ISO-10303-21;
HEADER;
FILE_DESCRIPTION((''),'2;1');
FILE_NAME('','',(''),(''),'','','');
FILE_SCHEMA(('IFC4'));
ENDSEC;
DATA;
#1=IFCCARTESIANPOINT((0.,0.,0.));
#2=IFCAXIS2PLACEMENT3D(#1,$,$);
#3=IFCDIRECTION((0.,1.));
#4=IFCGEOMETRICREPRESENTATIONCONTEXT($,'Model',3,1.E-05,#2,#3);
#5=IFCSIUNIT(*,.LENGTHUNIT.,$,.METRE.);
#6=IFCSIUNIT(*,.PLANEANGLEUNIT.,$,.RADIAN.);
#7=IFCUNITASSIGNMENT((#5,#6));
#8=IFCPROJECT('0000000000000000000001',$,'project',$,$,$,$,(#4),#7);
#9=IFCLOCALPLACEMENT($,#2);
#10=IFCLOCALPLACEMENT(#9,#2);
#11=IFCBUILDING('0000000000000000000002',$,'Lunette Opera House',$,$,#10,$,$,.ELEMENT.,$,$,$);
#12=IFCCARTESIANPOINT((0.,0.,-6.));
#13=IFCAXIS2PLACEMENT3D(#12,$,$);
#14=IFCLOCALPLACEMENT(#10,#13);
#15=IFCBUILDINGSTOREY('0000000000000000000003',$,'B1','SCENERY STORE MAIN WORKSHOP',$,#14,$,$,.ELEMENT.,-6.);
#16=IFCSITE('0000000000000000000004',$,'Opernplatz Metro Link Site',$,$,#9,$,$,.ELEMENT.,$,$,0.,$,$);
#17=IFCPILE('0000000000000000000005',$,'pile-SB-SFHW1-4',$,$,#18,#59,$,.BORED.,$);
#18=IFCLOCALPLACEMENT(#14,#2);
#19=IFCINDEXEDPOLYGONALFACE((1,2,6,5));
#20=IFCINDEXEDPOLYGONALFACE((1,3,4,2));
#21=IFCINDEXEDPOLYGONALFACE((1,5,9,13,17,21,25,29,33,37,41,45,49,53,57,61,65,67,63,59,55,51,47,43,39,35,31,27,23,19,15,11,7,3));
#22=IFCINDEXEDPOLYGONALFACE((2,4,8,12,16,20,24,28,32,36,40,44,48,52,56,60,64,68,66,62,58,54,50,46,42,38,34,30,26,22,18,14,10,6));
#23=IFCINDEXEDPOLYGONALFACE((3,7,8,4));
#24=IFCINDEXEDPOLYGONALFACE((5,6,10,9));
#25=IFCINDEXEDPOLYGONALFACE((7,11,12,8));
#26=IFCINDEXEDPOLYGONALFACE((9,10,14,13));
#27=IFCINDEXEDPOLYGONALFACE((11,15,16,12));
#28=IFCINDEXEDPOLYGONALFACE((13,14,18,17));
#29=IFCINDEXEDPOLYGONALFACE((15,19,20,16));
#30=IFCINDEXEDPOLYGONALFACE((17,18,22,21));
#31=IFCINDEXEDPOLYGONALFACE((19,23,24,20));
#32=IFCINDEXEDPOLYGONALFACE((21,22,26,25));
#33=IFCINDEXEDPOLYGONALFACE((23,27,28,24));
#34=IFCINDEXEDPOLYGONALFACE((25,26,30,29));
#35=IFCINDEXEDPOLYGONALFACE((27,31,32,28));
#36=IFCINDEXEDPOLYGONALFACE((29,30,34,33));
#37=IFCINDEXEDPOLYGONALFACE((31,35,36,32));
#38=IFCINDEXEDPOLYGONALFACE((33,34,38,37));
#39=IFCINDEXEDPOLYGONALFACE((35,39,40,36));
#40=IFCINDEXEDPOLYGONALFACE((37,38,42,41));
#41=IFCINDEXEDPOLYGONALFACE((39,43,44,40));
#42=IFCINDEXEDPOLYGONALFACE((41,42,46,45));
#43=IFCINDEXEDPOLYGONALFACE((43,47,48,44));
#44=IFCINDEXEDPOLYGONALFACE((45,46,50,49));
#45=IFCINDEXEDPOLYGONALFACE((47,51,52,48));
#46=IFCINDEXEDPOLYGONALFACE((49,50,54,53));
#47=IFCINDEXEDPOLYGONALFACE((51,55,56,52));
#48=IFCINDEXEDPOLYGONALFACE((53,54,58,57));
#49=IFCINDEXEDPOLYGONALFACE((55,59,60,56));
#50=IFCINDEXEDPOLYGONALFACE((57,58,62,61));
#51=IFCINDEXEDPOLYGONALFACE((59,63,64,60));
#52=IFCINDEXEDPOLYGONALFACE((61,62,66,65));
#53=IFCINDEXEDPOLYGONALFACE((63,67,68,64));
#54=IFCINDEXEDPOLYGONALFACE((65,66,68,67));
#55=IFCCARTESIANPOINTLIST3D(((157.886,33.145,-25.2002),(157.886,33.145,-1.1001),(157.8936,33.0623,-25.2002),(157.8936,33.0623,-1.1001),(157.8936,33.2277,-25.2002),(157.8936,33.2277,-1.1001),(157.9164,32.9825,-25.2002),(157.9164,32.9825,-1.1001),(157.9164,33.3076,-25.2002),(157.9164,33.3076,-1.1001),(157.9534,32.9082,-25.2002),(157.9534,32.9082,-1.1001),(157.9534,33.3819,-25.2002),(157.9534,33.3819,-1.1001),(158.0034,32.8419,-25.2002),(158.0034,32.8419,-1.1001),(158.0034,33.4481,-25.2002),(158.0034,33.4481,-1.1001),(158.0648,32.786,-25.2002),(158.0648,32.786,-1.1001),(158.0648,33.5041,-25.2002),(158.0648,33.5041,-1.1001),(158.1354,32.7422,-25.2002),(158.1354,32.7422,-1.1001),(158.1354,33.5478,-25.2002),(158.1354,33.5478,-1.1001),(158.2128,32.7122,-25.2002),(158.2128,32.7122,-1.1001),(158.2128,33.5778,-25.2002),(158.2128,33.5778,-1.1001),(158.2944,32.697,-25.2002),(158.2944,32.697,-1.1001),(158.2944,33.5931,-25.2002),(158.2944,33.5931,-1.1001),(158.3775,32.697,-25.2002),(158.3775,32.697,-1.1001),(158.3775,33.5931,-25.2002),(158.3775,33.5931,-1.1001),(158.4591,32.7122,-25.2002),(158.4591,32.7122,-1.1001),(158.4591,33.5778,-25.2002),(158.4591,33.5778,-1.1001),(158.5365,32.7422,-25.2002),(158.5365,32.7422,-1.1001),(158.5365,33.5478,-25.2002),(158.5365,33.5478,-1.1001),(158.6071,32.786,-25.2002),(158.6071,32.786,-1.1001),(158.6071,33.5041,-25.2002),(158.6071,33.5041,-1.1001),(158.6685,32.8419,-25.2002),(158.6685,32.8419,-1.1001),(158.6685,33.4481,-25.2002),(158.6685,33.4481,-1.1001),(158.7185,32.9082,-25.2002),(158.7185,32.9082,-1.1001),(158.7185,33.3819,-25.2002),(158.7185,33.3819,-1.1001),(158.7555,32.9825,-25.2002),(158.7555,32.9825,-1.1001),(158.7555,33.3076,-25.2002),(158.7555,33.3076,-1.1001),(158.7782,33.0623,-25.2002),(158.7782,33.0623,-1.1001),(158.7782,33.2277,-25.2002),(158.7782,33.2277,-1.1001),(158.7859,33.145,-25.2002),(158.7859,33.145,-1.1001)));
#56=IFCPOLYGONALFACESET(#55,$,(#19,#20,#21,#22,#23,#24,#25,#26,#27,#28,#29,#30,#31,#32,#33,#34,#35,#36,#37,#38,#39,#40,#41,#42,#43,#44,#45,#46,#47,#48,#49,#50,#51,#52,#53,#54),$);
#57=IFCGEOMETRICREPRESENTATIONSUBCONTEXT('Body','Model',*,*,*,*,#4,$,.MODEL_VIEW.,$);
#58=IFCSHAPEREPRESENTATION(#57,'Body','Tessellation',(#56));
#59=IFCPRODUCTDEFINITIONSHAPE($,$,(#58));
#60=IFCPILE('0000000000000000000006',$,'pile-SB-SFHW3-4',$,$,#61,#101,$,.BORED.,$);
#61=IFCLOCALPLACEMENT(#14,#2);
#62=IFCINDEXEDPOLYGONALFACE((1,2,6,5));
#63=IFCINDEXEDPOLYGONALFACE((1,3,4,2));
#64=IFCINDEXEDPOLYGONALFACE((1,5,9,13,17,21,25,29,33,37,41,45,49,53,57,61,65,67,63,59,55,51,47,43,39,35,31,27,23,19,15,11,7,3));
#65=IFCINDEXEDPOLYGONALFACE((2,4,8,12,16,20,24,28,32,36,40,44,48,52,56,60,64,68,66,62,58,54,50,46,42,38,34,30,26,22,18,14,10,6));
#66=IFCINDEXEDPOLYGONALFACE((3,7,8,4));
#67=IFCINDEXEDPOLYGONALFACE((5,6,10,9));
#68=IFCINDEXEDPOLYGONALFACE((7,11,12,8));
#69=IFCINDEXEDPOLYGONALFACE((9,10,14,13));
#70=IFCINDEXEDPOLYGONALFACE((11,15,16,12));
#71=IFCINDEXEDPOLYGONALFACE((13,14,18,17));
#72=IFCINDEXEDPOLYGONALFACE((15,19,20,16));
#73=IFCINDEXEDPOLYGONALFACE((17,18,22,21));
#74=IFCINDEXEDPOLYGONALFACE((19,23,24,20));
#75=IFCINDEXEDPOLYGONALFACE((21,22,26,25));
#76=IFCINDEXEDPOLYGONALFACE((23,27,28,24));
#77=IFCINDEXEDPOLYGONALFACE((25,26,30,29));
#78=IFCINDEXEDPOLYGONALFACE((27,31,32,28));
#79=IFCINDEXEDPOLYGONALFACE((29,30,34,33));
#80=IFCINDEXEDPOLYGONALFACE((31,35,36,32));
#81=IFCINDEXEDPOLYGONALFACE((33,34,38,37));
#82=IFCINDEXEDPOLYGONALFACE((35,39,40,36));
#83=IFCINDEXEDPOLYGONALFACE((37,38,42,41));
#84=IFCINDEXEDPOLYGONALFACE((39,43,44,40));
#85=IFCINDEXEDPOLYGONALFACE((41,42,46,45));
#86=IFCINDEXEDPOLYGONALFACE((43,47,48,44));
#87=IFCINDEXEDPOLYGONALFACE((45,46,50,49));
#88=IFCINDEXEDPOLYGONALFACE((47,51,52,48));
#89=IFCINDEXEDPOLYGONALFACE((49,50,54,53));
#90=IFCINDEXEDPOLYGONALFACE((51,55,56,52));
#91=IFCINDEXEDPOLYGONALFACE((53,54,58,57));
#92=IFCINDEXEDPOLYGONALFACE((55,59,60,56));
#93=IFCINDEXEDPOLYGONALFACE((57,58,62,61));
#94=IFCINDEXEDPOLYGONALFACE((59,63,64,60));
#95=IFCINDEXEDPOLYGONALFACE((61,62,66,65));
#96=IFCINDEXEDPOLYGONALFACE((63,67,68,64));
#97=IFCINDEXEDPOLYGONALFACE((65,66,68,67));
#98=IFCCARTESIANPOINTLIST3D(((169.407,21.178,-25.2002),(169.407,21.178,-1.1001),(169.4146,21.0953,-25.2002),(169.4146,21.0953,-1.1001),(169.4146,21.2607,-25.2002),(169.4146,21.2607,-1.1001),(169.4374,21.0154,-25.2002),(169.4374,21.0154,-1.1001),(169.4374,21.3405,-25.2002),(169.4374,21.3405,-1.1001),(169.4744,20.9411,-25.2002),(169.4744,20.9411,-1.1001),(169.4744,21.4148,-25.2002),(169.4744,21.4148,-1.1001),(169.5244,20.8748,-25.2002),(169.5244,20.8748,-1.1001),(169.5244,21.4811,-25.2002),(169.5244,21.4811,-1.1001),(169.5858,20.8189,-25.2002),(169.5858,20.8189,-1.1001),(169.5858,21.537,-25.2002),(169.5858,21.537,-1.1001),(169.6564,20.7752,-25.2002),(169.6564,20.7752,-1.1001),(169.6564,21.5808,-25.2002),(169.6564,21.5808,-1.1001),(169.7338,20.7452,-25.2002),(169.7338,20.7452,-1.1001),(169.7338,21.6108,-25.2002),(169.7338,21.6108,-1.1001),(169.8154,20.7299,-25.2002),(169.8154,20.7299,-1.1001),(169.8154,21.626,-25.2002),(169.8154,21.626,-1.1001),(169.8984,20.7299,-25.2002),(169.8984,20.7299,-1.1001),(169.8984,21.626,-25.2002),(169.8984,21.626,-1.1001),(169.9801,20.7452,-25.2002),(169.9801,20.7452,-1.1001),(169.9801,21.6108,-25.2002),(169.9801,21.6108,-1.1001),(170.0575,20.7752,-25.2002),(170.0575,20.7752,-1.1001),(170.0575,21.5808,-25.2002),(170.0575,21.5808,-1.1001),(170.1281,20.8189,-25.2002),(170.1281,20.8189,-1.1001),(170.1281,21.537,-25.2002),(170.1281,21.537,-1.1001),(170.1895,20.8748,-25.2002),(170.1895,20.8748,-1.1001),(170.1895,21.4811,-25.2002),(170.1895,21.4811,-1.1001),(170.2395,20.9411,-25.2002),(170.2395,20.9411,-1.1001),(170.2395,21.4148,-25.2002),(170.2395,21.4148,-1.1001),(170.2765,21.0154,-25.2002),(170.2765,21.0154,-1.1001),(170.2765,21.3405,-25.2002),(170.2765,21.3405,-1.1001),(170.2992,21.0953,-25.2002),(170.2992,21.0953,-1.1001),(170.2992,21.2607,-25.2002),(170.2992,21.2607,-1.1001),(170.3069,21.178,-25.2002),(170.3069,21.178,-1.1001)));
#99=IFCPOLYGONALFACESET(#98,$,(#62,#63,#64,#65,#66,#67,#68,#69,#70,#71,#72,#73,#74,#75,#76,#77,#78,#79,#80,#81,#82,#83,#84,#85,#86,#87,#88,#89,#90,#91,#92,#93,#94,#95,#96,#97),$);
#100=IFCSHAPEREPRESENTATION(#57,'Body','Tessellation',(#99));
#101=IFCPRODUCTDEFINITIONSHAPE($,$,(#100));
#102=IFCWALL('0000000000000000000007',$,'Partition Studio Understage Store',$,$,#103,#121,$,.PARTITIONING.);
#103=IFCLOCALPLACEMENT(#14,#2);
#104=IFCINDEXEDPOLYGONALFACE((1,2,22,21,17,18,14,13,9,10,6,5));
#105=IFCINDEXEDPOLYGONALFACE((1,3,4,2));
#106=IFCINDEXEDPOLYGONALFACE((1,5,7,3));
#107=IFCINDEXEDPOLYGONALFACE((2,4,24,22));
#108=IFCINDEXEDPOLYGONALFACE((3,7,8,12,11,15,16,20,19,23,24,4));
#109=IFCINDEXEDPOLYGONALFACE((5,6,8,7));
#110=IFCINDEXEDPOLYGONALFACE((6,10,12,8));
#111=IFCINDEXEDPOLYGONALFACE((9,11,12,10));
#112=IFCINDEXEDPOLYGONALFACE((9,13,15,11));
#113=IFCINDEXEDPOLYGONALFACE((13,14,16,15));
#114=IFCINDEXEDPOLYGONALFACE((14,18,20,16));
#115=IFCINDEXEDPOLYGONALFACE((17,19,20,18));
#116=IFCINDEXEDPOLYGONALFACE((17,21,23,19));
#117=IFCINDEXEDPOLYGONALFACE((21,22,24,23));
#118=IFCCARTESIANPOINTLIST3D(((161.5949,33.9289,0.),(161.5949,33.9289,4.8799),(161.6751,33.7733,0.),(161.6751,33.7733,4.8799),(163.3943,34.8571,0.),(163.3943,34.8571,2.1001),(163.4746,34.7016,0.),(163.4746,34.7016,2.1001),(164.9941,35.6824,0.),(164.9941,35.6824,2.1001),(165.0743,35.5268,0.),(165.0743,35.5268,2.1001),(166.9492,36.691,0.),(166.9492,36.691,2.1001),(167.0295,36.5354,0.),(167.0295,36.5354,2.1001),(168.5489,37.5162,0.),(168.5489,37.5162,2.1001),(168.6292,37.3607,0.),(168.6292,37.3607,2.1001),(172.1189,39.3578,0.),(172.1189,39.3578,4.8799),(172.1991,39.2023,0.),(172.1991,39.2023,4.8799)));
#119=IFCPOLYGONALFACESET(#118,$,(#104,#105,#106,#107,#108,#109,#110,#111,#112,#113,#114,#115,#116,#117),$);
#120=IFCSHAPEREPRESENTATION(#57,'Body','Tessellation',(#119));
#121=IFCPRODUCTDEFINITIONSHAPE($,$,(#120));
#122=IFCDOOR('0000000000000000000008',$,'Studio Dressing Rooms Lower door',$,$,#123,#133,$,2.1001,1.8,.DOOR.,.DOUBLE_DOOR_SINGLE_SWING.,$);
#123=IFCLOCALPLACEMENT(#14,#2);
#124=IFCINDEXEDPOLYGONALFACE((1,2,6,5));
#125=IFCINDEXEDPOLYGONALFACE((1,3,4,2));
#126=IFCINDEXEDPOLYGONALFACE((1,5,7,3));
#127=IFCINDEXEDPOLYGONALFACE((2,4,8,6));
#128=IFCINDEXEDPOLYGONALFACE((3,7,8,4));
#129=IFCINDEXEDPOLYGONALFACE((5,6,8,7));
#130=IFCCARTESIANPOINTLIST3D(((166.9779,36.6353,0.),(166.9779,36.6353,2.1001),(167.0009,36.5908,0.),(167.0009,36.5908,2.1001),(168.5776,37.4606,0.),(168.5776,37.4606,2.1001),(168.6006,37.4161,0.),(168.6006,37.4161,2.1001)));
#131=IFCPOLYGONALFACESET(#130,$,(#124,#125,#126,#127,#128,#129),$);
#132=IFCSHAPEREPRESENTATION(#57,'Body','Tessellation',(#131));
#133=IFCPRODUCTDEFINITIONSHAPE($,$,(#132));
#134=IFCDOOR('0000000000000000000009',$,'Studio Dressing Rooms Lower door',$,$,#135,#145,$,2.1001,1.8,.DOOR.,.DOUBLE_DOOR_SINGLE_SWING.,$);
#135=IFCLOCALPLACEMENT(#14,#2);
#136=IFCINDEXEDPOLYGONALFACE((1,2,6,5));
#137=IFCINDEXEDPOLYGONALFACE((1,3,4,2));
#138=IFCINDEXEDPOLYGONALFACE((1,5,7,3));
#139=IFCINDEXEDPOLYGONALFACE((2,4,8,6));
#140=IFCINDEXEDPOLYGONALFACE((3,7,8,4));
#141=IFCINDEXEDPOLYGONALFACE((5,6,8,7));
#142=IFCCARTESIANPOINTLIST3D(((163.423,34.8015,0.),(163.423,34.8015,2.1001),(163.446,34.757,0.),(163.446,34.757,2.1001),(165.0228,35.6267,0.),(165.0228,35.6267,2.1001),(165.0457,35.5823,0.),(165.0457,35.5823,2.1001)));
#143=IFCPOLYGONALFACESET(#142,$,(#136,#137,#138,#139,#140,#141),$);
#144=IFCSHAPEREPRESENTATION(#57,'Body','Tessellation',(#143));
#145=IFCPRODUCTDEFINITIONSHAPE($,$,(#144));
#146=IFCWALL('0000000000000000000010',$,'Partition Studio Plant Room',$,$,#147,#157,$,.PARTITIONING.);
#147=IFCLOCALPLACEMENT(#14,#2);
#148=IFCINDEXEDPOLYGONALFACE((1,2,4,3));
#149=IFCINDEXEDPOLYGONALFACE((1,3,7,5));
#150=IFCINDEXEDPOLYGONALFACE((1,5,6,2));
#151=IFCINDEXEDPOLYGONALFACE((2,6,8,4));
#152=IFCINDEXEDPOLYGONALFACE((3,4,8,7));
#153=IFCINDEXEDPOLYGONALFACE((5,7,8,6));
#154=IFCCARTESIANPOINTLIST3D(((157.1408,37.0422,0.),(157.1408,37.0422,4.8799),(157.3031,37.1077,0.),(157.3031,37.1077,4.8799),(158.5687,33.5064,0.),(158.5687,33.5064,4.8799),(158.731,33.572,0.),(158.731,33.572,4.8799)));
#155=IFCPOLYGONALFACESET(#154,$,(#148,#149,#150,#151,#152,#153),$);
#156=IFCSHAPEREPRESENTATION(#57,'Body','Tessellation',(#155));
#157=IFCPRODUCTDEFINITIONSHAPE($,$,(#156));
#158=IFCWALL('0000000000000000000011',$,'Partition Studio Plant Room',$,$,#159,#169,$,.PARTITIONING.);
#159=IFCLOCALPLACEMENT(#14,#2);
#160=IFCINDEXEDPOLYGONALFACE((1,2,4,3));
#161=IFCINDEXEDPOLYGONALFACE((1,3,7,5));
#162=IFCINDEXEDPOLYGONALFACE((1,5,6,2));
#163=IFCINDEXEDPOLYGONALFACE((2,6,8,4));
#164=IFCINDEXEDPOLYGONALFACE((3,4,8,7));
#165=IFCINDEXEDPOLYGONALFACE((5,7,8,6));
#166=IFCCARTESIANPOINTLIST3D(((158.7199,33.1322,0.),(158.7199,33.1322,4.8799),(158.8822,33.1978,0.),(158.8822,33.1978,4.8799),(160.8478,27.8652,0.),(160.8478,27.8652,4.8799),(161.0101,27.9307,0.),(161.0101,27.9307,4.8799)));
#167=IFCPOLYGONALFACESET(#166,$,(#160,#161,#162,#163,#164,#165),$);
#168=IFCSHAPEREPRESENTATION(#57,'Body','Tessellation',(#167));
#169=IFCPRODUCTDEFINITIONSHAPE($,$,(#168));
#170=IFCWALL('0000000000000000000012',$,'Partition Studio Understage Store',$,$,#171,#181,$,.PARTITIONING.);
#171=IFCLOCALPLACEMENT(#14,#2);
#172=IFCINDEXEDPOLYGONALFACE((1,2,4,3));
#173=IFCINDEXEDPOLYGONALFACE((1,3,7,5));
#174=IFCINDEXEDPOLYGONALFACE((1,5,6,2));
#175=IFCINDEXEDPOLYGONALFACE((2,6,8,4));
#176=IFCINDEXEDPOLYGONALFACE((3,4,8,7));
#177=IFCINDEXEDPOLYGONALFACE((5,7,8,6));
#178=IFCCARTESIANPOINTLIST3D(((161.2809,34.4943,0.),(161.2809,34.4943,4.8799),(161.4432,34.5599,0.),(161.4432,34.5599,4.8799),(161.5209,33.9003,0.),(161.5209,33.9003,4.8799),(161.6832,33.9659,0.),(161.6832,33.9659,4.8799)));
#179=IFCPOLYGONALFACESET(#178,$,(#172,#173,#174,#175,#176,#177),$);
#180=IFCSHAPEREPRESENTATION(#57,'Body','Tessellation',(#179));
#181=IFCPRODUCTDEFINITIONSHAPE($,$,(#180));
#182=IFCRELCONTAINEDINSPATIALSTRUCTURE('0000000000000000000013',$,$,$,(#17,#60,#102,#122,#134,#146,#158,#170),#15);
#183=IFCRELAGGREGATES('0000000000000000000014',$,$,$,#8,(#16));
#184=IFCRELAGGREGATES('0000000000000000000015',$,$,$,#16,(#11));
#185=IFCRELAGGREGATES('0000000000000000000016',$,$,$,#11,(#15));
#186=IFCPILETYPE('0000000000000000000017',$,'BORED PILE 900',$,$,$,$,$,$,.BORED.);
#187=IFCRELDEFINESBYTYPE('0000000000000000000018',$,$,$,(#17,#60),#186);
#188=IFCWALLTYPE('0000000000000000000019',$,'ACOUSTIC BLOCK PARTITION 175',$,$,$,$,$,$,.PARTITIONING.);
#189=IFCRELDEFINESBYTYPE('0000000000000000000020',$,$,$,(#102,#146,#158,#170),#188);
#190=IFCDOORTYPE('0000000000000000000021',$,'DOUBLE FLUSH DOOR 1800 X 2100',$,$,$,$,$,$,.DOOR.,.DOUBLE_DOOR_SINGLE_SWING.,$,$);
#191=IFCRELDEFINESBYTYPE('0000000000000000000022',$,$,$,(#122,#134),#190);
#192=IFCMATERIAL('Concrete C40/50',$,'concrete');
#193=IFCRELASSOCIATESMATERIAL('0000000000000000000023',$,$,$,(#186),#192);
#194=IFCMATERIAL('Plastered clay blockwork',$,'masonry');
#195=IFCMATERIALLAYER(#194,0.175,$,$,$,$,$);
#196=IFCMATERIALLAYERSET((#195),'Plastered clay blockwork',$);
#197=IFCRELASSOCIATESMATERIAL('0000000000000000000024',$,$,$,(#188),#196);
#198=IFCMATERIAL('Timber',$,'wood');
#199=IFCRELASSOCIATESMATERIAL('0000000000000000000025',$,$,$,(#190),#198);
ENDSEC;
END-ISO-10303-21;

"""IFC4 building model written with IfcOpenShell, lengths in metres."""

from ifc_helpers import new_model, si_unit, direction, frame, frame_2d, origin, origin_2d, place, context, subcontext, project, spatial, rectangle, circle, extrude, material, layer, layer_set, material_profile, profile_set, type_object, element, fill, save


model = new_model("IFC4")

# Units and contexts
model_context = context("Model", 3, precision=1e-05, world=origin(), true_north=direction((0.0, 1.0)))
body_context = subcontext(model_context, "Body", "Model", "MODEL_VIEW")
ifc_project = project(units=[si_unit("LENGTHUNIT", "METRE"), si_unit("PLANEANGLEUNIT", "RADIAN")], contexts=[model_context])

# Site, building, storey
site_placement = place(None, origin())
site = spatial("IfcSite", under=ifc_project, at=site_placement, Name="Opernplatz Metro Link Site", CompositionType="ELEMENT", RefElevation=0.0)
building_placement = place(site_placement, origin())
building = spatial("IfcBuilding", under=site, at=building_placement, Name="Lunette Opera House", CompositionType="ELEMENT")
storey_placement = place(building_placement, frame((0.0, 0.0, -6.0)))
storey = spatial("IfcBuildingStorey", under=building, at=storey_placement, Name="B1", Description="SCENERY STORE MAIN WORKSHOP", CompositionType="ELEMENT", Elevation=-6.0)

# Piles
ifc_material_1 = material(Name="Concrete C40/50", Category="concrete")
ifc_material_profile = material_profile(ifc_material_1, circle(Radius=0.45, at=origin_2d()), Name="BORED PILE 900")
ifc_profile_set = profile_set([ifc_material_profile], Name="Concrete C40/50")
pile_type = type_object("IfcPileType", Name="BORED PILE 900", PredefinedType="BORED", material=ifc_profile_set)
for number, where, z_axis, x_axis, name in (
    (1, (158.3359, 33.145, -1.1001), (0.0, 0.0, -1.0), (1.0, 0.0, 0.0), "pile-SB-SFHW1-4"),
    (2, (169.8569, 21.178, -1.1001), (0.0, 0.0, -1.0), (1.0, 0.0, 0.0), "pile-SB-SFHW3-4"),
):
    element("IfcPile", number, at=place(storey_placement, frame(where, z_axis=z_axis, x_axis=x_axis)), inside=storey, type_object=pile_type, Name=name, PredefinedType="BORED", context=body_context, shape_type="SweptSolid", body=[
        extrude(circle(Radius=0.45, at=origin_2d()), origin(), (0.0, 0.0, 1.0), 24.1001),
    ])

# Wall, openings, doors
ifc_material_2 = material(Name="Plastered clay blockwork", Category="masonry")
ifc_layer_1 = layer(ifc_material_2, 0.175)
ifc_layer_set_1 = layer_set([ifc_layer_1], Name="Plastered clay blockwork")
wall_type_1 = type_object("IfcWallType", Name="ACOUSTIC BLOCK PARTITION 175", PredefinedType="PARTITIONING", material=ifc_layer_set_1)
wall_1_placement = place(storey_placement, frame((161.635, 33.8511, 0.0), z_axis=(0.0, 0.0, 1.0), x_axis=(0.888715, 0.45846, 0.0)))
wall_1 = element("IfcWall", 3, at=wall_1_placement, inside=storey, type_object=wall_type_1, Name="Partition Studio Understage Store", PredefinedType="PARTITIONING", context=body_context, shape_type="SweptSolid", body=[
    extrude(rectangle(XDim=11.8418, YDim=0.175, at=frame_2d((5.9209, 0.0))), origin(), (0.0, 0.0, 1.0), 4.8799),
])
opening_1_placement = place(wall_1_placement, frame((6.0249, 0.0, 0.0)))
opening_1 = element("IfcOpeningElement", 4, at=opening_1_placement, cuts=wall_1, PredefinedType="OPENING", context=body_context, shape_type="SweptSolid", body=[
    extrude(rectangle(XDim=1.8, YDim=2.1001, at=frame_2d((0.8999, 1.05))), frame((0.0, 0.0996, 0.0), z_axis=(0.0, -1.0, 0.0), x_axis=(1.0, 0.0, 0.0)), (0.0, 0.0, 1.0), 0.199),
])
opening_2_placement = place(wall_1_placement, frame((2.0249, 0.0, 0.0)))
opening_2 = element("IfcOpeningElement", 5, at=opening_2_placement, cuts=wall_1, PredefinedType="OPENING", context=body_context, shape_type="SweptSolid", body=[
    extrude(rectangle(XDim=1.8, YDim=2.1001, at=frame_2d((0.8999, 1.05))), frame((0.0, 0.0996, 0.0), z_axis=(0.0, -1.0, 0.0), x_axis=(1.0, 0.0, 0.0)), (0.0, 0.0, 1.0), 0.199),
])
ifc_material_3 = material(Name="Timber", Category="wood")
door_type_1 = type_object("IfcDoorType", Name="DOUBLE FLUSH DOOR 1800 X 2100", OperationType="DOUBLE_DOOR_SINGLE_SWING", PredefinedType="DOOR", material=ifc_material_3)
door_1_placement = place(opening_1_placement, origin())
door_1 = element("IfcDoor", 6, at=door_1_placement, inside=storey, type_object=door_type_1, Name="Studio Dressing Rooms Lower door", OperationType="DOUBLE_DOOR_SINGLE_SWING", OverallHeight=2.1001, OverallWidth=1.8, PredefinedType="DOOR", context=body_context, shape_type="SweptSolid", body=[
    extrude(rectangle(XDim=1.8, YDim=2.1001, at=frame_2d((0.8999, 1.05))), frame((0.0, 0.0249, 0.0), z_axis=(0.0, -1.0, 0.0), x_axis=(1.0, 0.0, 0.0)), (0.0, 0.0, 1.0), 0.05),
])
fill(opening_1, door_1)
door_2_placement = place(opening_2_placement, origin())
door_2 = element("IfcDoor", 7, at=door_2_placement, inside=storey, type_object=door_type_1, Name="Studio Dressing Rooms Lower door", OperationType="DOUBLE_DOOR_SINGLE_SWING", OverallHeight=2.1001, OverallWidth=1.8, PredefinedType="DOOR", context=body_context, shape_type="SweptSolid", body=[
    extrude(rectangle(XDim=1.8, YDim=2.1001, at=frame_2d((0.8999, 1.05))), frame((0.0, 0.0249, 0.0), z_axis=(0.0, -1.0, 0.0), x_axis=(1.0, 0.0, 0.0)), (0.0, 0.0, 1.0), 0.05),
])
fill(opening_2, door_2)

# Walls
wall_2_placement = place(storey_placement, frame((158.6499, 33.5391, 0.0), z_axis=(0.0, 0.0, 1.0), x_axis=(-0.374468, 0.92724, 0.0)))
element("IfcWall", 8, at=wall_2_placement, inside=storey, type_object=wall_type_1, Name="Partition Studio Plant Room", PredefinedType="PARTITIONING", context=body_context, shape_type="SweptSolid", body=[
    extrude(rectangle(XDim=3.8132, YDim=0.175, at=frame_2d((1.9067, 0.0))), origin(), (0.0, 0.0, 1.0), 4.8799),
])
wall_3_placement = place(storey_placement, frame((160.929, 27.8979, 0.0), z_axis=(0.0, 0.0, 1.0), x_axis=(-0.37459, 0.927191, 0.0)))
element("IfcWall", 9, at=wall_3_placement, inside=storey, type_object=wall_type_1, Name="Partition Studio Plant Room", PredefinedType="PARTITIONING", context=body_context, shape_type="SweptSolid", body=[
    extrude(rectangle(XDim=5.6807, YDim=0.175, at=frame_2d((2.8403, 0.0))), origin(), (0.0, 0.0, 1.0), 4.8799),
])
wall_4_placement = place(storey_placement, frame((161.3621, 34.5271, 0.0), z_axis=(0.0, 0.0, 1.0), x_axis=(0.374608, -0.927183, 0.0)))
element("IfcWall", 10, at=wall_4_placement, inside=storey, type_object=wall_type_1, Name="Partition Studio Understage Store", PredefinedType="PARTITIONING", context=body_context, shape_type="SweptSolid", body=[
    extrude(rectangle(XDim=0.6406, YDim=0.175, at=frame_2d((0.3203, 0.0))), origin(), (0.0, 0.0, 1.0), 4.8799),
])

save(model, "model.ifc")
